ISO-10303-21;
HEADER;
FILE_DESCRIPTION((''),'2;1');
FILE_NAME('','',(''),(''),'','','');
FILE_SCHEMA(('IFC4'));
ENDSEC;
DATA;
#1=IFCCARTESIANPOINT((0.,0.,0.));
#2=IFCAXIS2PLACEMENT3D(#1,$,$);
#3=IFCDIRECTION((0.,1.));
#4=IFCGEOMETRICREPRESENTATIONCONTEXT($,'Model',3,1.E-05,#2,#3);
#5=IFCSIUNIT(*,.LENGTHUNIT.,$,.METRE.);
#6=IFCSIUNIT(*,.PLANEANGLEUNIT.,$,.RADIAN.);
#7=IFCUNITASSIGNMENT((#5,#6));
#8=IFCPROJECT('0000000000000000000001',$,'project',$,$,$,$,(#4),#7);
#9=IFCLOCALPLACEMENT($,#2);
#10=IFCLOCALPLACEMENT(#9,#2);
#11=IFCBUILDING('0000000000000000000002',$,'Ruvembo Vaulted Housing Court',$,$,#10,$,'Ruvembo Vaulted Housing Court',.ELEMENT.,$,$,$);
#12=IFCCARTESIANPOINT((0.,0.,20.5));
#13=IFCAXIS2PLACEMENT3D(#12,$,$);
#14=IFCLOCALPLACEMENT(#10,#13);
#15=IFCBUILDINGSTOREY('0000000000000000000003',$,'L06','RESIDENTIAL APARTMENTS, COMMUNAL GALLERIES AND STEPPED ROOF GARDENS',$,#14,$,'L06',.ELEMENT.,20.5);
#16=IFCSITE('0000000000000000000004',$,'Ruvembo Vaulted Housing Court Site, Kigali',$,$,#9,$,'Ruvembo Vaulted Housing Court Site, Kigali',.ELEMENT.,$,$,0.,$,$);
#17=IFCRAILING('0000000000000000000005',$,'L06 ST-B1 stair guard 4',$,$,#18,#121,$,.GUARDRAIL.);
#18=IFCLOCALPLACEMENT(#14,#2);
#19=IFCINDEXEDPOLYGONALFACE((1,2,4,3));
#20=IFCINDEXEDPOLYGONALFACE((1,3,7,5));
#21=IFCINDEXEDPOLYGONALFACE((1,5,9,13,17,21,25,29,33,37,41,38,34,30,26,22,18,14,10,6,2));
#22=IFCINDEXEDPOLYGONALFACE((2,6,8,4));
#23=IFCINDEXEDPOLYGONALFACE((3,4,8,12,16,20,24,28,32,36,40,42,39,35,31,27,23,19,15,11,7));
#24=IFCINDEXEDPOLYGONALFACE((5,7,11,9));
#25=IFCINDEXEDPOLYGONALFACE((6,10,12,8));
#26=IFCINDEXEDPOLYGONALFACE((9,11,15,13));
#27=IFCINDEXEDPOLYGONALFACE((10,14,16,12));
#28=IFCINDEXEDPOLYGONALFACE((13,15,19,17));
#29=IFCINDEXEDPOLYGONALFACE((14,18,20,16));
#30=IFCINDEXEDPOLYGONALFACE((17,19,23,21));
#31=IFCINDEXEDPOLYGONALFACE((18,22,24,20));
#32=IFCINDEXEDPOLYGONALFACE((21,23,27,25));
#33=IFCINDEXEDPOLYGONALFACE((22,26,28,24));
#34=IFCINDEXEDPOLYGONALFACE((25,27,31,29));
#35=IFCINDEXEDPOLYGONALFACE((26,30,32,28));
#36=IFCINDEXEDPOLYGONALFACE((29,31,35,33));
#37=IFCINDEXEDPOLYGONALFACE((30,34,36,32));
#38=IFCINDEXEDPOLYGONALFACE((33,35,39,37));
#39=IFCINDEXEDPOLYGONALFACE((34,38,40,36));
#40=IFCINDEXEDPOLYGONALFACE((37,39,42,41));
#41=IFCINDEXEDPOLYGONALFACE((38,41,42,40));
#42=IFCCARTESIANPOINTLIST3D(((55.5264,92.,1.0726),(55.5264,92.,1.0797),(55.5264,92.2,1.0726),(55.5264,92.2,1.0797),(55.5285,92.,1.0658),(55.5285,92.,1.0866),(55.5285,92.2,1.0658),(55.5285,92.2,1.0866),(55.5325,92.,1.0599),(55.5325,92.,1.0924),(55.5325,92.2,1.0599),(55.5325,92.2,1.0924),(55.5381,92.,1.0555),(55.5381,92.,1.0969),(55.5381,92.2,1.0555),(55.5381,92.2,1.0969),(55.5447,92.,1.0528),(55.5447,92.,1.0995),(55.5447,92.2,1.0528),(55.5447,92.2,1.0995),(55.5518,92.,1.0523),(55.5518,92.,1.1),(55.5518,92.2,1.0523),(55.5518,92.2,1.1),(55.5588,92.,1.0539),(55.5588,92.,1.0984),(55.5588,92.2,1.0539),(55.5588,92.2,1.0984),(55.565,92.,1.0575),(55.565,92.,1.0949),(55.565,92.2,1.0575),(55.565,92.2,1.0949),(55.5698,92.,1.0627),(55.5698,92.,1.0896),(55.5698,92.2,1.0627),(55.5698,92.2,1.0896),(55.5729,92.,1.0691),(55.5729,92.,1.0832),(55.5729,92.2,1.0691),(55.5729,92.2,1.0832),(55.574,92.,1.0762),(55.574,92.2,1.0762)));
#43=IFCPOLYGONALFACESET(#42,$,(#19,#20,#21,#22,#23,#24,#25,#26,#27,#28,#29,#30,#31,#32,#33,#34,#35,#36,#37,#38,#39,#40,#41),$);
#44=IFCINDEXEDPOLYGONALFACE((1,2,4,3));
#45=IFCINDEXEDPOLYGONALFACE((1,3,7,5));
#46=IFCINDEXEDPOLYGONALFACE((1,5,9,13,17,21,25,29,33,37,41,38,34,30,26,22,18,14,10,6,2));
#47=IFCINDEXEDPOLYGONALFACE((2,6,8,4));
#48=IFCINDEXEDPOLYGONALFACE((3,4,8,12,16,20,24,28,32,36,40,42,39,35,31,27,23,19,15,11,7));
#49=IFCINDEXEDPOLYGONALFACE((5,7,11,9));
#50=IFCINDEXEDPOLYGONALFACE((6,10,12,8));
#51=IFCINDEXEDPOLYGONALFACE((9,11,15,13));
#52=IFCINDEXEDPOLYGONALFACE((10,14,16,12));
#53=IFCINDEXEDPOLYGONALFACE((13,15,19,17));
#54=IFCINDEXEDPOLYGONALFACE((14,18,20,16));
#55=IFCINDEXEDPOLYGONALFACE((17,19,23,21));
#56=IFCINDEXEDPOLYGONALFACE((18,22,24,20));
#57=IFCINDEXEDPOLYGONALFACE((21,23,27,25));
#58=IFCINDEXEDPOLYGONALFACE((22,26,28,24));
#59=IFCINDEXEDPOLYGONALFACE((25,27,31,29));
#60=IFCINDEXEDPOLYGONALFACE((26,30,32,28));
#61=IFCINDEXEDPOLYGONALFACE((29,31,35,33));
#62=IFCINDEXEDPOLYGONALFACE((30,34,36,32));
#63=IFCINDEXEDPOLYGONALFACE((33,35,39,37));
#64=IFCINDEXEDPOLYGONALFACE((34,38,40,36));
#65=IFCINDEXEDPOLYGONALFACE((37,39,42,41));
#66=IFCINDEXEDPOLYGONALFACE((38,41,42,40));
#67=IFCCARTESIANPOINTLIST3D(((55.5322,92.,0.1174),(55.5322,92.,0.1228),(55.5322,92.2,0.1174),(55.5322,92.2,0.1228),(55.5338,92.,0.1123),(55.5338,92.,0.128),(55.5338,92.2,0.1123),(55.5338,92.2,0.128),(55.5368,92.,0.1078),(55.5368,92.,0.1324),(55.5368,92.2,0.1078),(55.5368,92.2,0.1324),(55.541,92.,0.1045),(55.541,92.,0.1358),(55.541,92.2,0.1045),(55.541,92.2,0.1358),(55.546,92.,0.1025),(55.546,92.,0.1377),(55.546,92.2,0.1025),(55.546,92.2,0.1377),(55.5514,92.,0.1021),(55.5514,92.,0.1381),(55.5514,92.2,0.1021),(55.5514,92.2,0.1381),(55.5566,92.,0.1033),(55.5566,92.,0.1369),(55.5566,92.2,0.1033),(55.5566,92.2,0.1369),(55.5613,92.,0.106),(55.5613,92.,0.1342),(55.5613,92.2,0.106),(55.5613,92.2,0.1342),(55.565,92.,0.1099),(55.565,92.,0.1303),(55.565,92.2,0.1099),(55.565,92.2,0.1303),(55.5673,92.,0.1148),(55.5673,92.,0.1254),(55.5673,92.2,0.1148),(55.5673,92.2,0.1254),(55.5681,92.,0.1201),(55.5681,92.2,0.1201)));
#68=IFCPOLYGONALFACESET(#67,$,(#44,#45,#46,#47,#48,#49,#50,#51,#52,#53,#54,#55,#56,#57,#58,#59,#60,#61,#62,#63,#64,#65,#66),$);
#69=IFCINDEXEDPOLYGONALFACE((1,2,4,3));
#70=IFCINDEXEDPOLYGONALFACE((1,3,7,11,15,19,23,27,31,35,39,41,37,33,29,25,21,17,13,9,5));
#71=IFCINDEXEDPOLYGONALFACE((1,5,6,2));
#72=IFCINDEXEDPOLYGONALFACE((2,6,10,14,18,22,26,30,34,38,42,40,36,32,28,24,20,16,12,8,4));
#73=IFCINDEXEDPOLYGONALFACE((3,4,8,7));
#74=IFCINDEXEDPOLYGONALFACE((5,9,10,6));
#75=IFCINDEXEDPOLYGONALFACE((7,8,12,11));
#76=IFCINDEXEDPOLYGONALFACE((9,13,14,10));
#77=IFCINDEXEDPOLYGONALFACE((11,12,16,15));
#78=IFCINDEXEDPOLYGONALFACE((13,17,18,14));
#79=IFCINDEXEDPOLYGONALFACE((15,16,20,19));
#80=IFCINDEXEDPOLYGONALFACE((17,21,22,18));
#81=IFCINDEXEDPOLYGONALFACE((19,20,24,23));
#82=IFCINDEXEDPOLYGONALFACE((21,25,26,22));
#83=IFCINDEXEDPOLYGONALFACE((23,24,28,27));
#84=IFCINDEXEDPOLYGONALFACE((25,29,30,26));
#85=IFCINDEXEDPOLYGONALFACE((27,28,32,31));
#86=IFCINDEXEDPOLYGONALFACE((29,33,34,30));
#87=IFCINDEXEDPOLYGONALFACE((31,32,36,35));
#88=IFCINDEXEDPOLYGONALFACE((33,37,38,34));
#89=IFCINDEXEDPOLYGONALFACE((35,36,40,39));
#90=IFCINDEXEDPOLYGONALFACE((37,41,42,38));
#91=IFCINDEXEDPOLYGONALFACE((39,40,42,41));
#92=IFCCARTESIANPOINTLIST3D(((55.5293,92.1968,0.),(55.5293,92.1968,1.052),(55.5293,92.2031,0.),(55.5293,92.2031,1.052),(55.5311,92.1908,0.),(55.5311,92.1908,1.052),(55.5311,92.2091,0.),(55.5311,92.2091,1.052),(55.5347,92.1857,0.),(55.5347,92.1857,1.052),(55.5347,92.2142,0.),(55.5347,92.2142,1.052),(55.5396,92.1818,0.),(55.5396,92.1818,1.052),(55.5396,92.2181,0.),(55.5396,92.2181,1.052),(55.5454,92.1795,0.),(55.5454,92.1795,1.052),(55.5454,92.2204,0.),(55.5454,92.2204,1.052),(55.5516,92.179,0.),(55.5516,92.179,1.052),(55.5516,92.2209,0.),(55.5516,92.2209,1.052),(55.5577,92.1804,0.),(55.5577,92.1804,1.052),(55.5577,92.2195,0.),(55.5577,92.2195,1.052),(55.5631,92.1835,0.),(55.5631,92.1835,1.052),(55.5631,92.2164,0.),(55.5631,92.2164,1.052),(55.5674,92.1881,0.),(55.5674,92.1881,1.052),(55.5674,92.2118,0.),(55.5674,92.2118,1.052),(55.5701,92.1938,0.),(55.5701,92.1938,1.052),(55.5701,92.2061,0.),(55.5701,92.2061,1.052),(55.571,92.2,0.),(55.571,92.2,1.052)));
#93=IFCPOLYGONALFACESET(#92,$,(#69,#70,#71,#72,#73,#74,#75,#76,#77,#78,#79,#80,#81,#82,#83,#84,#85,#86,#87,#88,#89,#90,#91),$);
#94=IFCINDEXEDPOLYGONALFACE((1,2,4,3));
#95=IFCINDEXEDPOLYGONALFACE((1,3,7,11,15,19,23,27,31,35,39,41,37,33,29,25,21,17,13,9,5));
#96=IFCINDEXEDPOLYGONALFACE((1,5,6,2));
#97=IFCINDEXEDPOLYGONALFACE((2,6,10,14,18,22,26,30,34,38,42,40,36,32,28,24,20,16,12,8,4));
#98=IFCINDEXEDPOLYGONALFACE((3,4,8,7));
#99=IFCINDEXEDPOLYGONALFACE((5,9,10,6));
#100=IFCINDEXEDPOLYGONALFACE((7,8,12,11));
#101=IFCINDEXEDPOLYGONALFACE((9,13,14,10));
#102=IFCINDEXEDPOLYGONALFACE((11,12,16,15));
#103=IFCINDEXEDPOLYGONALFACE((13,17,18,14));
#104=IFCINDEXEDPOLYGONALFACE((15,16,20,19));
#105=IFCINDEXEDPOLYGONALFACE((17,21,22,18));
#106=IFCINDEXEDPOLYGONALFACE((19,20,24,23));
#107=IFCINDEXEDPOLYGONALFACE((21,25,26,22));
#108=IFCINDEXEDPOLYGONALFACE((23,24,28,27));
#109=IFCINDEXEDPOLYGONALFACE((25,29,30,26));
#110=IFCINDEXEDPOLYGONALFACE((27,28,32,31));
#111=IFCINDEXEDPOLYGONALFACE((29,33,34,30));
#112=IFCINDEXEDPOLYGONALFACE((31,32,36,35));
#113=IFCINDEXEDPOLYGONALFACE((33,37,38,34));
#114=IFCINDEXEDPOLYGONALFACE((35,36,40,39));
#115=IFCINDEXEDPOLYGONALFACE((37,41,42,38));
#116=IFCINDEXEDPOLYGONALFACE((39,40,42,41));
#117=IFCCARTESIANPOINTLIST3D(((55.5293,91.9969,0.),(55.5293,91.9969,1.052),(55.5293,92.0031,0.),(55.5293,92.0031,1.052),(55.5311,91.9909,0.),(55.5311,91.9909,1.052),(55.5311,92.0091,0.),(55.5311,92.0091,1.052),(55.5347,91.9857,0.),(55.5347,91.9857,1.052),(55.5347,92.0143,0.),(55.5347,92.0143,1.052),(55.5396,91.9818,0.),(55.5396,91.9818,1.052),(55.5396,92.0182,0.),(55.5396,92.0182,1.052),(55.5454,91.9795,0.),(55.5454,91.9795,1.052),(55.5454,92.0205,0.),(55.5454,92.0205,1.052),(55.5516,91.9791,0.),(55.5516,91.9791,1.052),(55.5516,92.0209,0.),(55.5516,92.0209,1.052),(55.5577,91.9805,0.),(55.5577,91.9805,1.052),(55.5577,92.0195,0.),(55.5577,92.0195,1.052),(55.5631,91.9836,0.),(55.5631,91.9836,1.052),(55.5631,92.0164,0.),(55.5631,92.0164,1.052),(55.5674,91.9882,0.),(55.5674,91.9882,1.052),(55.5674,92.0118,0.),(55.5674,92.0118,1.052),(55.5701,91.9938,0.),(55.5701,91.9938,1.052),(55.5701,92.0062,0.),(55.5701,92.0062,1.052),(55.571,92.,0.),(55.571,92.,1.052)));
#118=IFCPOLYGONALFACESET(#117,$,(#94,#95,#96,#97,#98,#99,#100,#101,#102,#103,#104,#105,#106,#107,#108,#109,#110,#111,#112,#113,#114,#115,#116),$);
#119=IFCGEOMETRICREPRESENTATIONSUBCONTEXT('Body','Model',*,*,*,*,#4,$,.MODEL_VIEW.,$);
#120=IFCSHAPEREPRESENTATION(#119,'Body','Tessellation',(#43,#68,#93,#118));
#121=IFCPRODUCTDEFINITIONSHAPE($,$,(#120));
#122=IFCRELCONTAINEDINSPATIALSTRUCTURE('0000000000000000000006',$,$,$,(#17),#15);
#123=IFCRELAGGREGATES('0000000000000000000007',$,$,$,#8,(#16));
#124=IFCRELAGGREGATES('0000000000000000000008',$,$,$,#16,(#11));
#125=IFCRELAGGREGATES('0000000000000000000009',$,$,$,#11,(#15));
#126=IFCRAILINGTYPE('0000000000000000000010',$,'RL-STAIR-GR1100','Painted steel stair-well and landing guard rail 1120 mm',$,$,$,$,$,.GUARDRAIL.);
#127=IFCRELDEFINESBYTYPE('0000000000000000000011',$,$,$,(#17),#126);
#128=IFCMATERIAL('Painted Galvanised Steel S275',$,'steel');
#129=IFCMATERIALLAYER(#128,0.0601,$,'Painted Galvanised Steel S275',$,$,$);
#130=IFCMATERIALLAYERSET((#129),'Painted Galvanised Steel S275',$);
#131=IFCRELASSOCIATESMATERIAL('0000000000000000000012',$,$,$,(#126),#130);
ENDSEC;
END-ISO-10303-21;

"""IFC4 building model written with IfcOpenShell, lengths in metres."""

from ifc_helpers import new_model, si_unit, direction, frame, origin, origin_2d, place, context, subcontext, project, spatial, circle, extrude, material, layer, layer_set, type_object, element, save


model = new_model("IFC4")

# Units and contexts
model_context = context("Model", 3, precision=1e-05, world=origin(), true_north=direction((0.0, 1.0)))
body_context = subcontext(model_context, "Body", "Model", "MODEL_VIEW")
ifc_project = project(units=[si_unit("LENGTHUNIT", "METRE"), si_unit("PLANEANGLEUNIT", "RADIAN")], contexts=[model_context])

# Site, building, storey
site_placement = place(None, origin())
site = spatial("IfcSite", under=ifc_project, at=site_placement, Name="Ruvembo Vaulted Housing Court Site, Kigali", LongName="Ruvembo Vaulted Housing Court Site, Kigali", CompositionType="ELEMENT", RefElevation=0.0)
building_placement = place(site_placement, origin())
building = spatial("IfcBuilding", under=site, at=building_placement, Name="Ruvembo Vaulted Housing Court", LongName="Ruvembo Vaulted Housing Court", CompositionType="ELEMENT")
storey_placement = place(building_placement, frame((0.0, 0.0, 20.5)))
storey = spatial("IfcBuildingStorey", under=building, at=storey_placement, Name="L06", Description="RESIDENTIAL APARTMENTS, COMMUNAL GALLERIES AND STEPPED ROOF GARDENS", LongName="L06", CompositionType="ELEMENT", Elevation=20.5)

# Railing
ifc_material_1 = material(Name="Painted Galvanised Steel S275", Category="steel")
ifc_layer_1 = layer(ifc_material_1, 0.0601, Name="Painted Galvanised Steel S275")
ifc_layer_set_1 = layer_set([ifc_layer_1], Name="Painted Galvanised Steel S275")
railing_type_1 = type_object("IfcRailingType", Name="RL-STAIR-GR1100", Description="Painted steel stair-well and landing guard rail 1120 mm", PredefinedType="GUARDRAIL", material=ifc_layer_set_1)
railing_1_placement = place(storey_placement, frame((55.55, 92.2, 0.0)))
element("IfcRailing", 1, at=railing_1_placement, inside=storey, type_object=railing_type_1, Name="L06 ST-B1 stair guard 4", PredefinedType="GUARDRAIL", context=body_context, shape_type="SweptSolid", body=[
    extrude(circle(Radius=0.0239, at=origin_2d()), frame((0.0, 0.0, 1.0762), z_axis=(0.0, -1.0, 0.0), x_axis=(1.0, 0.0, 0.0)), (0.0, 0.0, 1.0), 0.2),
    extrude(circle(Radius=0.0181, at=origin_2d()), frame((0.0, 0.0, 0.1201), z_axis=(0.0, -1.0, 0.0), x_axis=(1.0, 0.0, 0.0)), (0.0, 0.0, 1.0), 0.2),
    extrude(circle(Radius=0.021, at=origin_2d()), origin(), (0.0, 0.0, 1.0), 1.052),
    extrude(circle(Radius=0.021, at=origin_2d()), frame((0.0, -0.2, 0.0)), (0.0, 0.0, 1.0), 1.052),
])

save(model, "model.ifc")
